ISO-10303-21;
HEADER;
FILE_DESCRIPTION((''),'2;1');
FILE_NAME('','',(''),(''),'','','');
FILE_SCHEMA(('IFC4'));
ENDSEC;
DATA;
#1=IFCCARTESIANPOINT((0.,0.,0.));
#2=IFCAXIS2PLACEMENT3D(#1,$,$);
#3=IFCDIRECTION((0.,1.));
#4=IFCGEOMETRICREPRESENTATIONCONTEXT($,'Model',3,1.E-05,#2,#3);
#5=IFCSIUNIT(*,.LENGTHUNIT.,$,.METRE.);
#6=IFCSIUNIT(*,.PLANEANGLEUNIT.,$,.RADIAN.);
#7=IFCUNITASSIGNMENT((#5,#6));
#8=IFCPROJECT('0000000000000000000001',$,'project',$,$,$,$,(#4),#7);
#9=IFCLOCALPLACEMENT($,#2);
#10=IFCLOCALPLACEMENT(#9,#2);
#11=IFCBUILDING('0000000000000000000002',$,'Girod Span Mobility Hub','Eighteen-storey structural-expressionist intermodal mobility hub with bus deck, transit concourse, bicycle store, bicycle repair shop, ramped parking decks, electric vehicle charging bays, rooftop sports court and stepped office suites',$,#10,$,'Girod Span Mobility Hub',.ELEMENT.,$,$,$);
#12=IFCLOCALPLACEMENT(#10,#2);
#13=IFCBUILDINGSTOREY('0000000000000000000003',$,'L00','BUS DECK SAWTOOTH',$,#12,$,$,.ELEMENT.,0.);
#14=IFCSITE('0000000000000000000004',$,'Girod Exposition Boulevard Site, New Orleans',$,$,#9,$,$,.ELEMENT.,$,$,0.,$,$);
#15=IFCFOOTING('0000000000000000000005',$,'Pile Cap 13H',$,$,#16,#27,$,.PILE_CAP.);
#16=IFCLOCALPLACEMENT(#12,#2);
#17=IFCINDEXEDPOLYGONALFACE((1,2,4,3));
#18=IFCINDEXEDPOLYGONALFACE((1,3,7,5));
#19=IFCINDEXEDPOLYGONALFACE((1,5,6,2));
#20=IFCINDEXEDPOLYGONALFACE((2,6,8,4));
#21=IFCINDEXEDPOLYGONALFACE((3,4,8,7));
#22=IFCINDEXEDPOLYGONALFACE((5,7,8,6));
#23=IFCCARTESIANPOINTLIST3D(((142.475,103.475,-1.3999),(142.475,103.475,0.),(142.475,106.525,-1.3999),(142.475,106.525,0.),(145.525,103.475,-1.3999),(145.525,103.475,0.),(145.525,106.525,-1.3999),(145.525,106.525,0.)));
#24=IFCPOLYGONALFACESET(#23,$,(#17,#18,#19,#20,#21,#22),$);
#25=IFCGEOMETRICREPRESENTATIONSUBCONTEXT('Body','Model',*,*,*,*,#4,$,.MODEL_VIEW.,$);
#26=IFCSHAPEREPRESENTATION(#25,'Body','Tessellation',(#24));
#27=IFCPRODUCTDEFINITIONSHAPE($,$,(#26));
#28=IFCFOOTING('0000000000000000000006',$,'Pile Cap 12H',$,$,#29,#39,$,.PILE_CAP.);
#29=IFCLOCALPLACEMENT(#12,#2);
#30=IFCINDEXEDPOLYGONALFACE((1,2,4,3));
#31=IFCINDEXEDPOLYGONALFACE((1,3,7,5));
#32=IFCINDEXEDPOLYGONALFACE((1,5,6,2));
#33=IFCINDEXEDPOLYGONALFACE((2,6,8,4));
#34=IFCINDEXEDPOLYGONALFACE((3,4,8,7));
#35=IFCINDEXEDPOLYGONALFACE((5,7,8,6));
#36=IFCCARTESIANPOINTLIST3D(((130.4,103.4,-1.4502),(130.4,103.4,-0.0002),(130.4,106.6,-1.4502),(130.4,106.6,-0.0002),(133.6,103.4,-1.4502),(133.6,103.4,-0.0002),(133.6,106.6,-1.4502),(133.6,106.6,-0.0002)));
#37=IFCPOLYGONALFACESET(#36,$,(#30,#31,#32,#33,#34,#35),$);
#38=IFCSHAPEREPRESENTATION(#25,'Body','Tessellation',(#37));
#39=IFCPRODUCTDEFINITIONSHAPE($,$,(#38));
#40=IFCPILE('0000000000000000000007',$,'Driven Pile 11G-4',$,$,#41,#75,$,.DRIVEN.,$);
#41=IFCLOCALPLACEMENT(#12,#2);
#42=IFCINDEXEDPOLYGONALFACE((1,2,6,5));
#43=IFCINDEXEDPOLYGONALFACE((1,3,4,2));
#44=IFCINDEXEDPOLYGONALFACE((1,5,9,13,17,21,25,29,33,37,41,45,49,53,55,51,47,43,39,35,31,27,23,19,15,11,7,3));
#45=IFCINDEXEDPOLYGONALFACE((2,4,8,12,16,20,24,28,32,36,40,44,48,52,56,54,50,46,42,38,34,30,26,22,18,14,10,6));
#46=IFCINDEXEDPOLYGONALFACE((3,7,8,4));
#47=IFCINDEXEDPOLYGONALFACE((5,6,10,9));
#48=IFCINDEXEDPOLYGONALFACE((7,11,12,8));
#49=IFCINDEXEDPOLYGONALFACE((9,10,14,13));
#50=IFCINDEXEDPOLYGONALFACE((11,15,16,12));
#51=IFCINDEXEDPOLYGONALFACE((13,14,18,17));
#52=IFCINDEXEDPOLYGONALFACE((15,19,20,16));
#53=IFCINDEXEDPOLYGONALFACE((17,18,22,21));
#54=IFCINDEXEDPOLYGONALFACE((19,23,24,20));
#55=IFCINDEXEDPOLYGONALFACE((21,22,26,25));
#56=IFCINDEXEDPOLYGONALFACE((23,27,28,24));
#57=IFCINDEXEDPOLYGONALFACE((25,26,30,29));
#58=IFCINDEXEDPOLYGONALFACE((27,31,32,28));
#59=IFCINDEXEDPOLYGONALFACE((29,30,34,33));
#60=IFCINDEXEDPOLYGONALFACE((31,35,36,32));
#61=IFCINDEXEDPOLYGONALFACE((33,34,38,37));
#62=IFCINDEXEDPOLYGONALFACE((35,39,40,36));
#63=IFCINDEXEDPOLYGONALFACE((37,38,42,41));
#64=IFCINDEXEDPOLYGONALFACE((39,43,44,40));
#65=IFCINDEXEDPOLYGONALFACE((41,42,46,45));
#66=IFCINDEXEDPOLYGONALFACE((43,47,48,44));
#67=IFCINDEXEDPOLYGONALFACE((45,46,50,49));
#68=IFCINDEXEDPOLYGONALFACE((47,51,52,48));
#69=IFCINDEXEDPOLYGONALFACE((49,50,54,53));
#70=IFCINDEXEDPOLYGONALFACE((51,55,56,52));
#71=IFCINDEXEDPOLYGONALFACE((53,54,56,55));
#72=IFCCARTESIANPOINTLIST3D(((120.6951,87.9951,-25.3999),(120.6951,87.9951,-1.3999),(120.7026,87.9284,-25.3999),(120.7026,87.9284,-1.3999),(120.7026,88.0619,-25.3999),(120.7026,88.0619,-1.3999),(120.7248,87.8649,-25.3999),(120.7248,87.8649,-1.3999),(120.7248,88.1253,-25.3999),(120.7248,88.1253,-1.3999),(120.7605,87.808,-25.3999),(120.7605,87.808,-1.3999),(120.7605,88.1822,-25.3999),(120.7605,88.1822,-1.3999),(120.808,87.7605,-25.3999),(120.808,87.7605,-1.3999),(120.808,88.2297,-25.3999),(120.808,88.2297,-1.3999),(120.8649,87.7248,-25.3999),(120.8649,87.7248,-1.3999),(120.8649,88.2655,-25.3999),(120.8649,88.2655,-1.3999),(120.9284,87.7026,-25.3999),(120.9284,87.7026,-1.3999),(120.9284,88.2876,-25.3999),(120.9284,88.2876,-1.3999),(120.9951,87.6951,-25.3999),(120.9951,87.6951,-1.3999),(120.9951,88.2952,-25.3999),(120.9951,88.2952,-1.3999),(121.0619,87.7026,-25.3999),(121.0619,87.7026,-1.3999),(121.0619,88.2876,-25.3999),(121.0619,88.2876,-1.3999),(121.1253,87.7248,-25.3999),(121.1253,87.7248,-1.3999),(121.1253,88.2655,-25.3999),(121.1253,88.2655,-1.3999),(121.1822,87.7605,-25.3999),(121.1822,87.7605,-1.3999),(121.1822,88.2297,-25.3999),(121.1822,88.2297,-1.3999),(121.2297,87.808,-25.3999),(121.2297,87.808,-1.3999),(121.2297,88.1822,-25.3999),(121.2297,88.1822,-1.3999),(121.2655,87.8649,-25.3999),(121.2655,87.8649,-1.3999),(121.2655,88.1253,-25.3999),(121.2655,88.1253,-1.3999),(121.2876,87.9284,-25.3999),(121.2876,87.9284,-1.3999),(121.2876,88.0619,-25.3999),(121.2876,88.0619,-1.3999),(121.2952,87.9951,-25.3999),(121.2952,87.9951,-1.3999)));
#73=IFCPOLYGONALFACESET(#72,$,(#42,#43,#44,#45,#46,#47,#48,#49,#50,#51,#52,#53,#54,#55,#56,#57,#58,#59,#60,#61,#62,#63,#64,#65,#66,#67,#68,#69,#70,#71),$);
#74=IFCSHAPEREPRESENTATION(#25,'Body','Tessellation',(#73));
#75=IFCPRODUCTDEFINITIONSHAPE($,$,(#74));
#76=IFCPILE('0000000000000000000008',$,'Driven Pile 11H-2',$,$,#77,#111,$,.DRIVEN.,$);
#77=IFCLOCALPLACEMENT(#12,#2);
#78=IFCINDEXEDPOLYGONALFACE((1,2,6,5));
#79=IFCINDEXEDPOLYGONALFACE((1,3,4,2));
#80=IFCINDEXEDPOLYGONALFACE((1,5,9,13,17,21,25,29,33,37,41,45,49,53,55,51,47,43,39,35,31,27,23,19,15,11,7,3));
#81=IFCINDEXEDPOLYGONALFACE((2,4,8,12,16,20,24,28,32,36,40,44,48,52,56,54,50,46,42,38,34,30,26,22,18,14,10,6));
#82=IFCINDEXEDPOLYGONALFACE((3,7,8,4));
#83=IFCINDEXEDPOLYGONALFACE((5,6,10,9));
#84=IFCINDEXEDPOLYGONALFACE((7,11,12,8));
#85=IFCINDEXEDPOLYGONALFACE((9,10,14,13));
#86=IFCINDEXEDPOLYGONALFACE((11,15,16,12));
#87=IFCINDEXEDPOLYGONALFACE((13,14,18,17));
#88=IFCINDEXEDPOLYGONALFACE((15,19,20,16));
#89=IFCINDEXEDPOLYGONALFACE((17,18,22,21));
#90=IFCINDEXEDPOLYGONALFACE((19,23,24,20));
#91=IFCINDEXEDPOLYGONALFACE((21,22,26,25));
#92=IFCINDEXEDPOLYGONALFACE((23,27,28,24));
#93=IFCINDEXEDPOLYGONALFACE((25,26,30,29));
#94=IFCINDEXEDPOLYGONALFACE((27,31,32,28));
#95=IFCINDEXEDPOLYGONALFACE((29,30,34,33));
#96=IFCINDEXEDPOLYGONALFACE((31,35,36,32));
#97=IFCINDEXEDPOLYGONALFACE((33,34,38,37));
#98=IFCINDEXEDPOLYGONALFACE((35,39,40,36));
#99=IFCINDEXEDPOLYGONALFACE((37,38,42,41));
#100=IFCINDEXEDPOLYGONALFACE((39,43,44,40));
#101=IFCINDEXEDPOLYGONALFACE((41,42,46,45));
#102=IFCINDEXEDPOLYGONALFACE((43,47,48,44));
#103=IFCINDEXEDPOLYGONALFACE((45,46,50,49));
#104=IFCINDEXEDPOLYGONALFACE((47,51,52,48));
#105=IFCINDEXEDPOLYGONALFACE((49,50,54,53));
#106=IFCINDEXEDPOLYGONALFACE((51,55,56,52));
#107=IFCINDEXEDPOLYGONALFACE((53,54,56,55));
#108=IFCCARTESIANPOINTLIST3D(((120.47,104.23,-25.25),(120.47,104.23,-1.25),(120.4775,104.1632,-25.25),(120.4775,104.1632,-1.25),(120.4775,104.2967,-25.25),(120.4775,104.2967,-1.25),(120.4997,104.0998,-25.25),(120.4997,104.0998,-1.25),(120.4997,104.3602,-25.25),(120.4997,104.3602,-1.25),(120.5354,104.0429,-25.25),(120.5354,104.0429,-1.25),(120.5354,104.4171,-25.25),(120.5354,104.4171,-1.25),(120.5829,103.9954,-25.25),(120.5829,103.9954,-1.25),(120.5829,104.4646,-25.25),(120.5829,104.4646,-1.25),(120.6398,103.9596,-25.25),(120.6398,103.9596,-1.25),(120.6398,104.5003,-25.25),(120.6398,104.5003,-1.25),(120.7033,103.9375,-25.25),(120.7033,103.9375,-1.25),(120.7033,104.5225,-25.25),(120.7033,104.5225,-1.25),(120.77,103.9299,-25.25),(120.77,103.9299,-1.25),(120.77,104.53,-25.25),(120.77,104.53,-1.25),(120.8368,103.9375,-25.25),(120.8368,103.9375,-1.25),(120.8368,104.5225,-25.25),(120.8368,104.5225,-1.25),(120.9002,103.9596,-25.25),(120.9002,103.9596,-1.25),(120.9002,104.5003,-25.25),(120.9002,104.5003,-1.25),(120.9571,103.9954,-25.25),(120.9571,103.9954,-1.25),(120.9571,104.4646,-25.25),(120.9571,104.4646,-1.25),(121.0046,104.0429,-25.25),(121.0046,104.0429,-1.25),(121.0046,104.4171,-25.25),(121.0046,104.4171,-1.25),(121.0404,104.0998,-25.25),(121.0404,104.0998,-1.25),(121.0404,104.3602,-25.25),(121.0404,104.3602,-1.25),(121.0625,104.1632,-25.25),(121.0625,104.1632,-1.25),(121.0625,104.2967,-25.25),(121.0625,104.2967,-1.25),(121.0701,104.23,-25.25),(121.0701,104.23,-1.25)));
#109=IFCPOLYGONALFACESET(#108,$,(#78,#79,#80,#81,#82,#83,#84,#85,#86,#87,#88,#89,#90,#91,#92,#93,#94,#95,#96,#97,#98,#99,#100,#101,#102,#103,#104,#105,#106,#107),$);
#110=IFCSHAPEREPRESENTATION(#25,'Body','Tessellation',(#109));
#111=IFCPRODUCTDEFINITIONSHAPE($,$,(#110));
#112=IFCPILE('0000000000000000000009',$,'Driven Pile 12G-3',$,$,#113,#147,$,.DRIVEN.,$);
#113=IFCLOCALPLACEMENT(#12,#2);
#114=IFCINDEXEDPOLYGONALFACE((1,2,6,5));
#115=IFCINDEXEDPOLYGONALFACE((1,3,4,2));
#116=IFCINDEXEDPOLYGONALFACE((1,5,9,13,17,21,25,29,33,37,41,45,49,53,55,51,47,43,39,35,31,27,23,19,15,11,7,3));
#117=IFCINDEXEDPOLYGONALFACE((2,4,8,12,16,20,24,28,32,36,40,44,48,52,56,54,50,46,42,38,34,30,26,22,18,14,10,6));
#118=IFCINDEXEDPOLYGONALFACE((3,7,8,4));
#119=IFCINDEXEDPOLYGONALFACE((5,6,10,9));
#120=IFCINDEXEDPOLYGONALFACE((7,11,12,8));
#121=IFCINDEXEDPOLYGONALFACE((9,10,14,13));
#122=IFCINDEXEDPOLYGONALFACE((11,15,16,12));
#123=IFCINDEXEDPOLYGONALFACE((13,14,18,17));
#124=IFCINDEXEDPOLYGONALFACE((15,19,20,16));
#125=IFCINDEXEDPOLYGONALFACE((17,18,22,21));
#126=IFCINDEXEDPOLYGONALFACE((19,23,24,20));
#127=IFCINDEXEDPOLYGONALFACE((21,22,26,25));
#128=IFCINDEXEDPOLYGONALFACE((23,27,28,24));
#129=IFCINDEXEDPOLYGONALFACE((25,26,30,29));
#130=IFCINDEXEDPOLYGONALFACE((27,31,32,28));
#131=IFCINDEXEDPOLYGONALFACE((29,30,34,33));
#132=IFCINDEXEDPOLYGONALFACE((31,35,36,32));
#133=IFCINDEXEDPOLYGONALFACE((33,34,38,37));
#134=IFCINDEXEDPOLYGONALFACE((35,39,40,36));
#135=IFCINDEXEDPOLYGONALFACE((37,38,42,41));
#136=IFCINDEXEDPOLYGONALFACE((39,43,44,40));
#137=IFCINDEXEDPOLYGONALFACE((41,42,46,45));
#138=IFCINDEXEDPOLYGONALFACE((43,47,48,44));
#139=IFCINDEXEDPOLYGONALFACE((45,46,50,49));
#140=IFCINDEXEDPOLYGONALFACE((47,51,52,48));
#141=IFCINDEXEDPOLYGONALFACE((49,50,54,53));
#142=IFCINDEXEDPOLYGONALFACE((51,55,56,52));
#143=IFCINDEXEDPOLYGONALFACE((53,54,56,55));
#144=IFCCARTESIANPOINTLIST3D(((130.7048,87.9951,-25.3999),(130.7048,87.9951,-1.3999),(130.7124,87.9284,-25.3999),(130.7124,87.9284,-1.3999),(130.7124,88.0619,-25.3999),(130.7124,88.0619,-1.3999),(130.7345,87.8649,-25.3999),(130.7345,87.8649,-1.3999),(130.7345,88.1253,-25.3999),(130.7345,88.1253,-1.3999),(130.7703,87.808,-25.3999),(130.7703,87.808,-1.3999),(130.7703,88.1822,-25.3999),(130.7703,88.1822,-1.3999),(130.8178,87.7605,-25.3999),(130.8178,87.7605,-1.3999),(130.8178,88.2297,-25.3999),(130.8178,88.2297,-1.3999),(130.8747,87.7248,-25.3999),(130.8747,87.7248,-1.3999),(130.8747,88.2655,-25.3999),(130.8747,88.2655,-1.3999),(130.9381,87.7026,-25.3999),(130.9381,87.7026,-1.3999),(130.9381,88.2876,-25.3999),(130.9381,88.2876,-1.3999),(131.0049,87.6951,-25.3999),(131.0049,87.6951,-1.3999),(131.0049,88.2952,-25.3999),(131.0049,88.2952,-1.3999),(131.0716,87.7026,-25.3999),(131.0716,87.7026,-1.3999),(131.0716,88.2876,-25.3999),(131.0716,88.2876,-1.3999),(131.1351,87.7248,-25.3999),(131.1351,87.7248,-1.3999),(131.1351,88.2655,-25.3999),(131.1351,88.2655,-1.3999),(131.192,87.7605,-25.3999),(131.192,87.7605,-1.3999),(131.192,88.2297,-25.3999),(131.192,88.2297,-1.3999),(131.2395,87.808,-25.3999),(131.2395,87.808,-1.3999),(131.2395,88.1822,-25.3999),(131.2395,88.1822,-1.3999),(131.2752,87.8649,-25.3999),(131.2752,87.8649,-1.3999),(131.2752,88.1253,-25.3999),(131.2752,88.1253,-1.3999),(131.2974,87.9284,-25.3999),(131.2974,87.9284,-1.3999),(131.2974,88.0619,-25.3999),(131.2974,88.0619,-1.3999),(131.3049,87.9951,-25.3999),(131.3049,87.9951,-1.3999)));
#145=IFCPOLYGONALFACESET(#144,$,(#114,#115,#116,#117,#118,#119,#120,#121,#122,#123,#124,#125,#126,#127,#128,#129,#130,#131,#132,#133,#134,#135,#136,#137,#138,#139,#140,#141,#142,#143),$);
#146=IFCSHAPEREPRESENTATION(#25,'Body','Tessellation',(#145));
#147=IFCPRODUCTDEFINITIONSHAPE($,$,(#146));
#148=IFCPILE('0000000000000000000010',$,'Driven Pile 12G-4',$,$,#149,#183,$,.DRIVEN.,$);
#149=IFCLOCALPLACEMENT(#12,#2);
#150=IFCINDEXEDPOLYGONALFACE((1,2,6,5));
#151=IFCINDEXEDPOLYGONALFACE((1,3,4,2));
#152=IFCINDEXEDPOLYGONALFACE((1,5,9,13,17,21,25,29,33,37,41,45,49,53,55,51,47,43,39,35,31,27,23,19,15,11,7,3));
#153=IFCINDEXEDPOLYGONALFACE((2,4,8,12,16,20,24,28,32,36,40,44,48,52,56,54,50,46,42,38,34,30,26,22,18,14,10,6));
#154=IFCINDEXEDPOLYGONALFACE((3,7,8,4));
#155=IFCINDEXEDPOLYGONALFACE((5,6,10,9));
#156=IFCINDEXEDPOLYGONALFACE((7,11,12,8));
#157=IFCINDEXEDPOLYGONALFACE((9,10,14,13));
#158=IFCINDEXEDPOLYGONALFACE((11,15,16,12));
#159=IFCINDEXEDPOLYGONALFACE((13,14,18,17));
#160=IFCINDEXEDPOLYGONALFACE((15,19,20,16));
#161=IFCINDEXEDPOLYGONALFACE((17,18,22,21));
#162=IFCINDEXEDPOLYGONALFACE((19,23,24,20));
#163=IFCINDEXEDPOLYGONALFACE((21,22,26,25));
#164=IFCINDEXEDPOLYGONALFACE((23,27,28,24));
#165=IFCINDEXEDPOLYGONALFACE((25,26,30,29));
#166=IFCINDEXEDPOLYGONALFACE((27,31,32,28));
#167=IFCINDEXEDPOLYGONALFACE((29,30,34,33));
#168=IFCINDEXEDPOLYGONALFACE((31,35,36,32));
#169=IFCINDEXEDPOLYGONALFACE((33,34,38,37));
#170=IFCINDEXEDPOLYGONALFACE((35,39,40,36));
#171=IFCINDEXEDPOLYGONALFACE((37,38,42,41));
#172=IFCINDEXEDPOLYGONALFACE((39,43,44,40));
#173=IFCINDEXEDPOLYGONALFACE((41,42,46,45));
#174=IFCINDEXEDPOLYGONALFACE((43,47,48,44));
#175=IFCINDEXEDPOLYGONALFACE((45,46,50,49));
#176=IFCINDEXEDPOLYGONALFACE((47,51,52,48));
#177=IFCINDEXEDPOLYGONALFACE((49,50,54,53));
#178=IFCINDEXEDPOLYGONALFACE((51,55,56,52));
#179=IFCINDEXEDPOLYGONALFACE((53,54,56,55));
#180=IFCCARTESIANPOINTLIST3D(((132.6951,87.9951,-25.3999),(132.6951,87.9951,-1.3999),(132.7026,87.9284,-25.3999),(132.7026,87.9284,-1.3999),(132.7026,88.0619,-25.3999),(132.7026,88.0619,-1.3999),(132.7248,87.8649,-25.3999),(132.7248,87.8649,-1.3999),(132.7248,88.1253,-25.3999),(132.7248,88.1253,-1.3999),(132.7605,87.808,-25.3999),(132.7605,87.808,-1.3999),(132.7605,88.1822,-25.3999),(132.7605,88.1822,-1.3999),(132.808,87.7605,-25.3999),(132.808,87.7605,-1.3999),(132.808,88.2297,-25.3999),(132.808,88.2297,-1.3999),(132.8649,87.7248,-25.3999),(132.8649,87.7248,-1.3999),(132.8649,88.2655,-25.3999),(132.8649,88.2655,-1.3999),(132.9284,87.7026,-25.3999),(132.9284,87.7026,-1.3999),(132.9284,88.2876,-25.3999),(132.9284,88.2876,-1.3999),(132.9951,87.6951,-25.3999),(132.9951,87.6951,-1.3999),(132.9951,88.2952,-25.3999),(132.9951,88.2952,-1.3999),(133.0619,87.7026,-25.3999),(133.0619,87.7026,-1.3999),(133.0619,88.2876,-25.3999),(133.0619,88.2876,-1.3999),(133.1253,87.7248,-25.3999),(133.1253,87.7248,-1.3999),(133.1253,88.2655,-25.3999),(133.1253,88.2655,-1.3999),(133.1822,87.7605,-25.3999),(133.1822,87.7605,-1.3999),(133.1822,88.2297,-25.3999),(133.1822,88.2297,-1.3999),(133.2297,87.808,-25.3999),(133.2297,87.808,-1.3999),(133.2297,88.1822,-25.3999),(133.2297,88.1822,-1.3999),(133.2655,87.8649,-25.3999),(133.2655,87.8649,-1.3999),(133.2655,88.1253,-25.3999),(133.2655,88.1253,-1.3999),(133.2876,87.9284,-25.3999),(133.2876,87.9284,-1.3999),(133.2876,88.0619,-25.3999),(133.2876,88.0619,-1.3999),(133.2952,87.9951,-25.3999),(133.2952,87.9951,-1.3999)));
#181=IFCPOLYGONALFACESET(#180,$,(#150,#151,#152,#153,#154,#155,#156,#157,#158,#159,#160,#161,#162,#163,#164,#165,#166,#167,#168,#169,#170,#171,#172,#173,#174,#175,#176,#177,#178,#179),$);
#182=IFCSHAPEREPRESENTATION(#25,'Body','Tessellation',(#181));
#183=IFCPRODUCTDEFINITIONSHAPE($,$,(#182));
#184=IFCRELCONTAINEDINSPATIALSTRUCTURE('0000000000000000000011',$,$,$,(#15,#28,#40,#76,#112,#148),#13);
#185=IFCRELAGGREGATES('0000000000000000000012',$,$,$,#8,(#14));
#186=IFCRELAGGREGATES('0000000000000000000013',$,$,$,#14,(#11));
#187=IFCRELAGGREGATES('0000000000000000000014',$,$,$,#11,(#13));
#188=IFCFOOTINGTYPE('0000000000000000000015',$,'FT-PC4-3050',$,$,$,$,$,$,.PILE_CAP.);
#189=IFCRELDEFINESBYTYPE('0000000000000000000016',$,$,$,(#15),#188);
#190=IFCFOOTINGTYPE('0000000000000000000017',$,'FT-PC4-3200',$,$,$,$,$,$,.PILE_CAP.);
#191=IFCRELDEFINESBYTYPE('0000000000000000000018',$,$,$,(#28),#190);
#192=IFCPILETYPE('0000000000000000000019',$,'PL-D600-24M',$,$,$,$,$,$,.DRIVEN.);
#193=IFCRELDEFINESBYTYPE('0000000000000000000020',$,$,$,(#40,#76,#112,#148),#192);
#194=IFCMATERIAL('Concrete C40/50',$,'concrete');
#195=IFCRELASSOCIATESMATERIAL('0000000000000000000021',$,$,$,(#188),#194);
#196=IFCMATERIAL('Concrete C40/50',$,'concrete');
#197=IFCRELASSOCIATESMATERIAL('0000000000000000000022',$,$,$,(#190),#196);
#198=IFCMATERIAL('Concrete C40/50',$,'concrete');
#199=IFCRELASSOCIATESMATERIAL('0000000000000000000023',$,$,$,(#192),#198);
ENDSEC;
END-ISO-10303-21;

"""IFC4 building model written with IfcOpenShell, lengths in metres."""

from ifc_helpers import new_model, si_unit, direction, frame, origin, origin_2d, place, context, subcontext, project, spatial, rectangle, circle, extrude, material, material_profile, profile_set, type_object, element, save


model = new_model("IFC4")

# Units and contexts
model_context = context("Model", 3, precision=1e-05, world=origin(), true_north=direction((0.0, 1.0)))
body_context = subcontext(model_context, "Body", "Model", "MODEL_VIEW")
ifc_project = project(units=[si_unit("LENGTHUNIT", "METRE"), si_unit("PLANEANGLEUNIT", "RADIAN")], contexts=[model_context])

# Site, building, storey
site_placement = place(None, origin())
site = spatial("IfcSite", under=ifc_project, at=site_placement, Name="Girod Exposition Boulevard Site, New Orleans", CompositionType="ELEMENT", RefElevation=0.0)
building_placement = place(site_placement, origin())
building = spatial("IfcBuilding", under=site, at=building_placement, Name="Girod Span Mobility Hub", Description="Eighteen-storey structural-expressionist intermodal mobility hub with bus deck, transit concourse, bicycle store, bicycle repair shop, ramped parking decks, electric vehicle charging bays, rooftop sports court and stepped office suites", LongName="Girod Span Mobility Hub", CompositionType="ELEMENT")
storey_placement = place(building_placement, origin())
storey = spatial("IfcBuildingStorey", under=building, at=storey_placement, Name="L00", Description="BUS DECK SAWTOOTH", CompositionType="ELEMENT", Elevation=0.0)

# Footings
ifc_material_1 = material(Name="Concrete C40/50", Category="concrete")
footing_type_1 = type_object("IfcFootingType", Name="FT-PC4-3050", PredefinedType="PILE_CAP", material=ifc_material_1)
footing_1_placement = place(storey_placement, frame((144.0, 105.0, -1.3999), z_axis=(0.0, 0.0, 1.0), x_axis=(1.0, 0.0, 0.0)))
element("IfcFooting", 1, at=footing_1_placement, inside=storey, type_object=footing_type_1, Name="Pile Cap 13H", PredefinedType="PILE_CAP", context=body_context, shape_type="SweptSolid", body=[
    extrude(rectangle(XDim=3.05, YDim=3.05, at=origin_2d()), origin(), (0.0, 0.0, 1.0), 1.3999),
])
ifc_material_2 = material(Name="Concrete C40/50", Category="concrete")
footing_type_2 = type_object("IfcFootingType", Name="FT-PC4-3200", PredefinedType="PILE_CAP", material=ifc_material_2)
footing_2_placement = place(storey_placement, frame((132.0, 105.0, -1.4502), z_axis=(0.0, 0.0, 1.0), x_axis=(1.0, 0.0, 0.0)))
element("IfcFooting", 2, at=footing_2_placement, inside=storey, type_object=footing_type_2, Name="Pile Cap 12H", PredefinedType="PILE_CAP", context=body_context, shape_type="SweptSolid", body=[
    extrude(rectangle(XDim=3.2, YDim=3.2, at=origin_2d()), origin(), (0.0, 0.0, 1.0), 1.45),
])

# Piles
ifc_material_3 = material(Name="Concrete C40/50", Category="concrete")
ifc_material_profile_1 = material_profile(ifc_material_3, circle(Radius=0.3, at=origin_2d()), Name="PILE-D600")
ifc_profile_set_1 = profile_set([ifc_material_profile_1], Name="Concrete C40/50")
pile_type = type_object("IfcPileType", Name="PL-D600-24M", PredefinedType="DRIVEN", material=ifc_profile_set_1)
for number, where, z_axis, x_axis, name in (
    (3, (120.9951, 87.9951, -1.3999), (0.0, 0.0, -1.0), (1.0, 0.0, 0.0), "Driven Pile 11G-4"),
    (4, (120.77, 104.23, -1.25), (0.0, 0.0, -1.0), (1.0, 0.0, 0.0), "Driven Pile 11H-2"),
    (5, (131.0049, 87.9951, -1.3999), (0.0, 0.0, -1.0), (1.0, 0.0, 0.0), "Driven Pile 12G-3"),
    (6, (132.9951, 87.9951, -1.3999), (0.0, 0.0, -1.0), (1.0, 0.0, 0.0), "Driven Pile 12G-4"),
):
    element("IfcPile", number, at=place(storey_placement, frame(where, z_axis=z_axis, x_axis=x_axis)), inside=storey, type_object=pile_type, Name=name, PredefinedType="DRIVEN", context=body_context, shape_type="SweptSolid", body=[
        extrude(circle(Radius=0.3, at=origin_2d()), origin(), (0.0, 0.0, 1.0), 24.0),
    ])

save(model, "model.ifc")
